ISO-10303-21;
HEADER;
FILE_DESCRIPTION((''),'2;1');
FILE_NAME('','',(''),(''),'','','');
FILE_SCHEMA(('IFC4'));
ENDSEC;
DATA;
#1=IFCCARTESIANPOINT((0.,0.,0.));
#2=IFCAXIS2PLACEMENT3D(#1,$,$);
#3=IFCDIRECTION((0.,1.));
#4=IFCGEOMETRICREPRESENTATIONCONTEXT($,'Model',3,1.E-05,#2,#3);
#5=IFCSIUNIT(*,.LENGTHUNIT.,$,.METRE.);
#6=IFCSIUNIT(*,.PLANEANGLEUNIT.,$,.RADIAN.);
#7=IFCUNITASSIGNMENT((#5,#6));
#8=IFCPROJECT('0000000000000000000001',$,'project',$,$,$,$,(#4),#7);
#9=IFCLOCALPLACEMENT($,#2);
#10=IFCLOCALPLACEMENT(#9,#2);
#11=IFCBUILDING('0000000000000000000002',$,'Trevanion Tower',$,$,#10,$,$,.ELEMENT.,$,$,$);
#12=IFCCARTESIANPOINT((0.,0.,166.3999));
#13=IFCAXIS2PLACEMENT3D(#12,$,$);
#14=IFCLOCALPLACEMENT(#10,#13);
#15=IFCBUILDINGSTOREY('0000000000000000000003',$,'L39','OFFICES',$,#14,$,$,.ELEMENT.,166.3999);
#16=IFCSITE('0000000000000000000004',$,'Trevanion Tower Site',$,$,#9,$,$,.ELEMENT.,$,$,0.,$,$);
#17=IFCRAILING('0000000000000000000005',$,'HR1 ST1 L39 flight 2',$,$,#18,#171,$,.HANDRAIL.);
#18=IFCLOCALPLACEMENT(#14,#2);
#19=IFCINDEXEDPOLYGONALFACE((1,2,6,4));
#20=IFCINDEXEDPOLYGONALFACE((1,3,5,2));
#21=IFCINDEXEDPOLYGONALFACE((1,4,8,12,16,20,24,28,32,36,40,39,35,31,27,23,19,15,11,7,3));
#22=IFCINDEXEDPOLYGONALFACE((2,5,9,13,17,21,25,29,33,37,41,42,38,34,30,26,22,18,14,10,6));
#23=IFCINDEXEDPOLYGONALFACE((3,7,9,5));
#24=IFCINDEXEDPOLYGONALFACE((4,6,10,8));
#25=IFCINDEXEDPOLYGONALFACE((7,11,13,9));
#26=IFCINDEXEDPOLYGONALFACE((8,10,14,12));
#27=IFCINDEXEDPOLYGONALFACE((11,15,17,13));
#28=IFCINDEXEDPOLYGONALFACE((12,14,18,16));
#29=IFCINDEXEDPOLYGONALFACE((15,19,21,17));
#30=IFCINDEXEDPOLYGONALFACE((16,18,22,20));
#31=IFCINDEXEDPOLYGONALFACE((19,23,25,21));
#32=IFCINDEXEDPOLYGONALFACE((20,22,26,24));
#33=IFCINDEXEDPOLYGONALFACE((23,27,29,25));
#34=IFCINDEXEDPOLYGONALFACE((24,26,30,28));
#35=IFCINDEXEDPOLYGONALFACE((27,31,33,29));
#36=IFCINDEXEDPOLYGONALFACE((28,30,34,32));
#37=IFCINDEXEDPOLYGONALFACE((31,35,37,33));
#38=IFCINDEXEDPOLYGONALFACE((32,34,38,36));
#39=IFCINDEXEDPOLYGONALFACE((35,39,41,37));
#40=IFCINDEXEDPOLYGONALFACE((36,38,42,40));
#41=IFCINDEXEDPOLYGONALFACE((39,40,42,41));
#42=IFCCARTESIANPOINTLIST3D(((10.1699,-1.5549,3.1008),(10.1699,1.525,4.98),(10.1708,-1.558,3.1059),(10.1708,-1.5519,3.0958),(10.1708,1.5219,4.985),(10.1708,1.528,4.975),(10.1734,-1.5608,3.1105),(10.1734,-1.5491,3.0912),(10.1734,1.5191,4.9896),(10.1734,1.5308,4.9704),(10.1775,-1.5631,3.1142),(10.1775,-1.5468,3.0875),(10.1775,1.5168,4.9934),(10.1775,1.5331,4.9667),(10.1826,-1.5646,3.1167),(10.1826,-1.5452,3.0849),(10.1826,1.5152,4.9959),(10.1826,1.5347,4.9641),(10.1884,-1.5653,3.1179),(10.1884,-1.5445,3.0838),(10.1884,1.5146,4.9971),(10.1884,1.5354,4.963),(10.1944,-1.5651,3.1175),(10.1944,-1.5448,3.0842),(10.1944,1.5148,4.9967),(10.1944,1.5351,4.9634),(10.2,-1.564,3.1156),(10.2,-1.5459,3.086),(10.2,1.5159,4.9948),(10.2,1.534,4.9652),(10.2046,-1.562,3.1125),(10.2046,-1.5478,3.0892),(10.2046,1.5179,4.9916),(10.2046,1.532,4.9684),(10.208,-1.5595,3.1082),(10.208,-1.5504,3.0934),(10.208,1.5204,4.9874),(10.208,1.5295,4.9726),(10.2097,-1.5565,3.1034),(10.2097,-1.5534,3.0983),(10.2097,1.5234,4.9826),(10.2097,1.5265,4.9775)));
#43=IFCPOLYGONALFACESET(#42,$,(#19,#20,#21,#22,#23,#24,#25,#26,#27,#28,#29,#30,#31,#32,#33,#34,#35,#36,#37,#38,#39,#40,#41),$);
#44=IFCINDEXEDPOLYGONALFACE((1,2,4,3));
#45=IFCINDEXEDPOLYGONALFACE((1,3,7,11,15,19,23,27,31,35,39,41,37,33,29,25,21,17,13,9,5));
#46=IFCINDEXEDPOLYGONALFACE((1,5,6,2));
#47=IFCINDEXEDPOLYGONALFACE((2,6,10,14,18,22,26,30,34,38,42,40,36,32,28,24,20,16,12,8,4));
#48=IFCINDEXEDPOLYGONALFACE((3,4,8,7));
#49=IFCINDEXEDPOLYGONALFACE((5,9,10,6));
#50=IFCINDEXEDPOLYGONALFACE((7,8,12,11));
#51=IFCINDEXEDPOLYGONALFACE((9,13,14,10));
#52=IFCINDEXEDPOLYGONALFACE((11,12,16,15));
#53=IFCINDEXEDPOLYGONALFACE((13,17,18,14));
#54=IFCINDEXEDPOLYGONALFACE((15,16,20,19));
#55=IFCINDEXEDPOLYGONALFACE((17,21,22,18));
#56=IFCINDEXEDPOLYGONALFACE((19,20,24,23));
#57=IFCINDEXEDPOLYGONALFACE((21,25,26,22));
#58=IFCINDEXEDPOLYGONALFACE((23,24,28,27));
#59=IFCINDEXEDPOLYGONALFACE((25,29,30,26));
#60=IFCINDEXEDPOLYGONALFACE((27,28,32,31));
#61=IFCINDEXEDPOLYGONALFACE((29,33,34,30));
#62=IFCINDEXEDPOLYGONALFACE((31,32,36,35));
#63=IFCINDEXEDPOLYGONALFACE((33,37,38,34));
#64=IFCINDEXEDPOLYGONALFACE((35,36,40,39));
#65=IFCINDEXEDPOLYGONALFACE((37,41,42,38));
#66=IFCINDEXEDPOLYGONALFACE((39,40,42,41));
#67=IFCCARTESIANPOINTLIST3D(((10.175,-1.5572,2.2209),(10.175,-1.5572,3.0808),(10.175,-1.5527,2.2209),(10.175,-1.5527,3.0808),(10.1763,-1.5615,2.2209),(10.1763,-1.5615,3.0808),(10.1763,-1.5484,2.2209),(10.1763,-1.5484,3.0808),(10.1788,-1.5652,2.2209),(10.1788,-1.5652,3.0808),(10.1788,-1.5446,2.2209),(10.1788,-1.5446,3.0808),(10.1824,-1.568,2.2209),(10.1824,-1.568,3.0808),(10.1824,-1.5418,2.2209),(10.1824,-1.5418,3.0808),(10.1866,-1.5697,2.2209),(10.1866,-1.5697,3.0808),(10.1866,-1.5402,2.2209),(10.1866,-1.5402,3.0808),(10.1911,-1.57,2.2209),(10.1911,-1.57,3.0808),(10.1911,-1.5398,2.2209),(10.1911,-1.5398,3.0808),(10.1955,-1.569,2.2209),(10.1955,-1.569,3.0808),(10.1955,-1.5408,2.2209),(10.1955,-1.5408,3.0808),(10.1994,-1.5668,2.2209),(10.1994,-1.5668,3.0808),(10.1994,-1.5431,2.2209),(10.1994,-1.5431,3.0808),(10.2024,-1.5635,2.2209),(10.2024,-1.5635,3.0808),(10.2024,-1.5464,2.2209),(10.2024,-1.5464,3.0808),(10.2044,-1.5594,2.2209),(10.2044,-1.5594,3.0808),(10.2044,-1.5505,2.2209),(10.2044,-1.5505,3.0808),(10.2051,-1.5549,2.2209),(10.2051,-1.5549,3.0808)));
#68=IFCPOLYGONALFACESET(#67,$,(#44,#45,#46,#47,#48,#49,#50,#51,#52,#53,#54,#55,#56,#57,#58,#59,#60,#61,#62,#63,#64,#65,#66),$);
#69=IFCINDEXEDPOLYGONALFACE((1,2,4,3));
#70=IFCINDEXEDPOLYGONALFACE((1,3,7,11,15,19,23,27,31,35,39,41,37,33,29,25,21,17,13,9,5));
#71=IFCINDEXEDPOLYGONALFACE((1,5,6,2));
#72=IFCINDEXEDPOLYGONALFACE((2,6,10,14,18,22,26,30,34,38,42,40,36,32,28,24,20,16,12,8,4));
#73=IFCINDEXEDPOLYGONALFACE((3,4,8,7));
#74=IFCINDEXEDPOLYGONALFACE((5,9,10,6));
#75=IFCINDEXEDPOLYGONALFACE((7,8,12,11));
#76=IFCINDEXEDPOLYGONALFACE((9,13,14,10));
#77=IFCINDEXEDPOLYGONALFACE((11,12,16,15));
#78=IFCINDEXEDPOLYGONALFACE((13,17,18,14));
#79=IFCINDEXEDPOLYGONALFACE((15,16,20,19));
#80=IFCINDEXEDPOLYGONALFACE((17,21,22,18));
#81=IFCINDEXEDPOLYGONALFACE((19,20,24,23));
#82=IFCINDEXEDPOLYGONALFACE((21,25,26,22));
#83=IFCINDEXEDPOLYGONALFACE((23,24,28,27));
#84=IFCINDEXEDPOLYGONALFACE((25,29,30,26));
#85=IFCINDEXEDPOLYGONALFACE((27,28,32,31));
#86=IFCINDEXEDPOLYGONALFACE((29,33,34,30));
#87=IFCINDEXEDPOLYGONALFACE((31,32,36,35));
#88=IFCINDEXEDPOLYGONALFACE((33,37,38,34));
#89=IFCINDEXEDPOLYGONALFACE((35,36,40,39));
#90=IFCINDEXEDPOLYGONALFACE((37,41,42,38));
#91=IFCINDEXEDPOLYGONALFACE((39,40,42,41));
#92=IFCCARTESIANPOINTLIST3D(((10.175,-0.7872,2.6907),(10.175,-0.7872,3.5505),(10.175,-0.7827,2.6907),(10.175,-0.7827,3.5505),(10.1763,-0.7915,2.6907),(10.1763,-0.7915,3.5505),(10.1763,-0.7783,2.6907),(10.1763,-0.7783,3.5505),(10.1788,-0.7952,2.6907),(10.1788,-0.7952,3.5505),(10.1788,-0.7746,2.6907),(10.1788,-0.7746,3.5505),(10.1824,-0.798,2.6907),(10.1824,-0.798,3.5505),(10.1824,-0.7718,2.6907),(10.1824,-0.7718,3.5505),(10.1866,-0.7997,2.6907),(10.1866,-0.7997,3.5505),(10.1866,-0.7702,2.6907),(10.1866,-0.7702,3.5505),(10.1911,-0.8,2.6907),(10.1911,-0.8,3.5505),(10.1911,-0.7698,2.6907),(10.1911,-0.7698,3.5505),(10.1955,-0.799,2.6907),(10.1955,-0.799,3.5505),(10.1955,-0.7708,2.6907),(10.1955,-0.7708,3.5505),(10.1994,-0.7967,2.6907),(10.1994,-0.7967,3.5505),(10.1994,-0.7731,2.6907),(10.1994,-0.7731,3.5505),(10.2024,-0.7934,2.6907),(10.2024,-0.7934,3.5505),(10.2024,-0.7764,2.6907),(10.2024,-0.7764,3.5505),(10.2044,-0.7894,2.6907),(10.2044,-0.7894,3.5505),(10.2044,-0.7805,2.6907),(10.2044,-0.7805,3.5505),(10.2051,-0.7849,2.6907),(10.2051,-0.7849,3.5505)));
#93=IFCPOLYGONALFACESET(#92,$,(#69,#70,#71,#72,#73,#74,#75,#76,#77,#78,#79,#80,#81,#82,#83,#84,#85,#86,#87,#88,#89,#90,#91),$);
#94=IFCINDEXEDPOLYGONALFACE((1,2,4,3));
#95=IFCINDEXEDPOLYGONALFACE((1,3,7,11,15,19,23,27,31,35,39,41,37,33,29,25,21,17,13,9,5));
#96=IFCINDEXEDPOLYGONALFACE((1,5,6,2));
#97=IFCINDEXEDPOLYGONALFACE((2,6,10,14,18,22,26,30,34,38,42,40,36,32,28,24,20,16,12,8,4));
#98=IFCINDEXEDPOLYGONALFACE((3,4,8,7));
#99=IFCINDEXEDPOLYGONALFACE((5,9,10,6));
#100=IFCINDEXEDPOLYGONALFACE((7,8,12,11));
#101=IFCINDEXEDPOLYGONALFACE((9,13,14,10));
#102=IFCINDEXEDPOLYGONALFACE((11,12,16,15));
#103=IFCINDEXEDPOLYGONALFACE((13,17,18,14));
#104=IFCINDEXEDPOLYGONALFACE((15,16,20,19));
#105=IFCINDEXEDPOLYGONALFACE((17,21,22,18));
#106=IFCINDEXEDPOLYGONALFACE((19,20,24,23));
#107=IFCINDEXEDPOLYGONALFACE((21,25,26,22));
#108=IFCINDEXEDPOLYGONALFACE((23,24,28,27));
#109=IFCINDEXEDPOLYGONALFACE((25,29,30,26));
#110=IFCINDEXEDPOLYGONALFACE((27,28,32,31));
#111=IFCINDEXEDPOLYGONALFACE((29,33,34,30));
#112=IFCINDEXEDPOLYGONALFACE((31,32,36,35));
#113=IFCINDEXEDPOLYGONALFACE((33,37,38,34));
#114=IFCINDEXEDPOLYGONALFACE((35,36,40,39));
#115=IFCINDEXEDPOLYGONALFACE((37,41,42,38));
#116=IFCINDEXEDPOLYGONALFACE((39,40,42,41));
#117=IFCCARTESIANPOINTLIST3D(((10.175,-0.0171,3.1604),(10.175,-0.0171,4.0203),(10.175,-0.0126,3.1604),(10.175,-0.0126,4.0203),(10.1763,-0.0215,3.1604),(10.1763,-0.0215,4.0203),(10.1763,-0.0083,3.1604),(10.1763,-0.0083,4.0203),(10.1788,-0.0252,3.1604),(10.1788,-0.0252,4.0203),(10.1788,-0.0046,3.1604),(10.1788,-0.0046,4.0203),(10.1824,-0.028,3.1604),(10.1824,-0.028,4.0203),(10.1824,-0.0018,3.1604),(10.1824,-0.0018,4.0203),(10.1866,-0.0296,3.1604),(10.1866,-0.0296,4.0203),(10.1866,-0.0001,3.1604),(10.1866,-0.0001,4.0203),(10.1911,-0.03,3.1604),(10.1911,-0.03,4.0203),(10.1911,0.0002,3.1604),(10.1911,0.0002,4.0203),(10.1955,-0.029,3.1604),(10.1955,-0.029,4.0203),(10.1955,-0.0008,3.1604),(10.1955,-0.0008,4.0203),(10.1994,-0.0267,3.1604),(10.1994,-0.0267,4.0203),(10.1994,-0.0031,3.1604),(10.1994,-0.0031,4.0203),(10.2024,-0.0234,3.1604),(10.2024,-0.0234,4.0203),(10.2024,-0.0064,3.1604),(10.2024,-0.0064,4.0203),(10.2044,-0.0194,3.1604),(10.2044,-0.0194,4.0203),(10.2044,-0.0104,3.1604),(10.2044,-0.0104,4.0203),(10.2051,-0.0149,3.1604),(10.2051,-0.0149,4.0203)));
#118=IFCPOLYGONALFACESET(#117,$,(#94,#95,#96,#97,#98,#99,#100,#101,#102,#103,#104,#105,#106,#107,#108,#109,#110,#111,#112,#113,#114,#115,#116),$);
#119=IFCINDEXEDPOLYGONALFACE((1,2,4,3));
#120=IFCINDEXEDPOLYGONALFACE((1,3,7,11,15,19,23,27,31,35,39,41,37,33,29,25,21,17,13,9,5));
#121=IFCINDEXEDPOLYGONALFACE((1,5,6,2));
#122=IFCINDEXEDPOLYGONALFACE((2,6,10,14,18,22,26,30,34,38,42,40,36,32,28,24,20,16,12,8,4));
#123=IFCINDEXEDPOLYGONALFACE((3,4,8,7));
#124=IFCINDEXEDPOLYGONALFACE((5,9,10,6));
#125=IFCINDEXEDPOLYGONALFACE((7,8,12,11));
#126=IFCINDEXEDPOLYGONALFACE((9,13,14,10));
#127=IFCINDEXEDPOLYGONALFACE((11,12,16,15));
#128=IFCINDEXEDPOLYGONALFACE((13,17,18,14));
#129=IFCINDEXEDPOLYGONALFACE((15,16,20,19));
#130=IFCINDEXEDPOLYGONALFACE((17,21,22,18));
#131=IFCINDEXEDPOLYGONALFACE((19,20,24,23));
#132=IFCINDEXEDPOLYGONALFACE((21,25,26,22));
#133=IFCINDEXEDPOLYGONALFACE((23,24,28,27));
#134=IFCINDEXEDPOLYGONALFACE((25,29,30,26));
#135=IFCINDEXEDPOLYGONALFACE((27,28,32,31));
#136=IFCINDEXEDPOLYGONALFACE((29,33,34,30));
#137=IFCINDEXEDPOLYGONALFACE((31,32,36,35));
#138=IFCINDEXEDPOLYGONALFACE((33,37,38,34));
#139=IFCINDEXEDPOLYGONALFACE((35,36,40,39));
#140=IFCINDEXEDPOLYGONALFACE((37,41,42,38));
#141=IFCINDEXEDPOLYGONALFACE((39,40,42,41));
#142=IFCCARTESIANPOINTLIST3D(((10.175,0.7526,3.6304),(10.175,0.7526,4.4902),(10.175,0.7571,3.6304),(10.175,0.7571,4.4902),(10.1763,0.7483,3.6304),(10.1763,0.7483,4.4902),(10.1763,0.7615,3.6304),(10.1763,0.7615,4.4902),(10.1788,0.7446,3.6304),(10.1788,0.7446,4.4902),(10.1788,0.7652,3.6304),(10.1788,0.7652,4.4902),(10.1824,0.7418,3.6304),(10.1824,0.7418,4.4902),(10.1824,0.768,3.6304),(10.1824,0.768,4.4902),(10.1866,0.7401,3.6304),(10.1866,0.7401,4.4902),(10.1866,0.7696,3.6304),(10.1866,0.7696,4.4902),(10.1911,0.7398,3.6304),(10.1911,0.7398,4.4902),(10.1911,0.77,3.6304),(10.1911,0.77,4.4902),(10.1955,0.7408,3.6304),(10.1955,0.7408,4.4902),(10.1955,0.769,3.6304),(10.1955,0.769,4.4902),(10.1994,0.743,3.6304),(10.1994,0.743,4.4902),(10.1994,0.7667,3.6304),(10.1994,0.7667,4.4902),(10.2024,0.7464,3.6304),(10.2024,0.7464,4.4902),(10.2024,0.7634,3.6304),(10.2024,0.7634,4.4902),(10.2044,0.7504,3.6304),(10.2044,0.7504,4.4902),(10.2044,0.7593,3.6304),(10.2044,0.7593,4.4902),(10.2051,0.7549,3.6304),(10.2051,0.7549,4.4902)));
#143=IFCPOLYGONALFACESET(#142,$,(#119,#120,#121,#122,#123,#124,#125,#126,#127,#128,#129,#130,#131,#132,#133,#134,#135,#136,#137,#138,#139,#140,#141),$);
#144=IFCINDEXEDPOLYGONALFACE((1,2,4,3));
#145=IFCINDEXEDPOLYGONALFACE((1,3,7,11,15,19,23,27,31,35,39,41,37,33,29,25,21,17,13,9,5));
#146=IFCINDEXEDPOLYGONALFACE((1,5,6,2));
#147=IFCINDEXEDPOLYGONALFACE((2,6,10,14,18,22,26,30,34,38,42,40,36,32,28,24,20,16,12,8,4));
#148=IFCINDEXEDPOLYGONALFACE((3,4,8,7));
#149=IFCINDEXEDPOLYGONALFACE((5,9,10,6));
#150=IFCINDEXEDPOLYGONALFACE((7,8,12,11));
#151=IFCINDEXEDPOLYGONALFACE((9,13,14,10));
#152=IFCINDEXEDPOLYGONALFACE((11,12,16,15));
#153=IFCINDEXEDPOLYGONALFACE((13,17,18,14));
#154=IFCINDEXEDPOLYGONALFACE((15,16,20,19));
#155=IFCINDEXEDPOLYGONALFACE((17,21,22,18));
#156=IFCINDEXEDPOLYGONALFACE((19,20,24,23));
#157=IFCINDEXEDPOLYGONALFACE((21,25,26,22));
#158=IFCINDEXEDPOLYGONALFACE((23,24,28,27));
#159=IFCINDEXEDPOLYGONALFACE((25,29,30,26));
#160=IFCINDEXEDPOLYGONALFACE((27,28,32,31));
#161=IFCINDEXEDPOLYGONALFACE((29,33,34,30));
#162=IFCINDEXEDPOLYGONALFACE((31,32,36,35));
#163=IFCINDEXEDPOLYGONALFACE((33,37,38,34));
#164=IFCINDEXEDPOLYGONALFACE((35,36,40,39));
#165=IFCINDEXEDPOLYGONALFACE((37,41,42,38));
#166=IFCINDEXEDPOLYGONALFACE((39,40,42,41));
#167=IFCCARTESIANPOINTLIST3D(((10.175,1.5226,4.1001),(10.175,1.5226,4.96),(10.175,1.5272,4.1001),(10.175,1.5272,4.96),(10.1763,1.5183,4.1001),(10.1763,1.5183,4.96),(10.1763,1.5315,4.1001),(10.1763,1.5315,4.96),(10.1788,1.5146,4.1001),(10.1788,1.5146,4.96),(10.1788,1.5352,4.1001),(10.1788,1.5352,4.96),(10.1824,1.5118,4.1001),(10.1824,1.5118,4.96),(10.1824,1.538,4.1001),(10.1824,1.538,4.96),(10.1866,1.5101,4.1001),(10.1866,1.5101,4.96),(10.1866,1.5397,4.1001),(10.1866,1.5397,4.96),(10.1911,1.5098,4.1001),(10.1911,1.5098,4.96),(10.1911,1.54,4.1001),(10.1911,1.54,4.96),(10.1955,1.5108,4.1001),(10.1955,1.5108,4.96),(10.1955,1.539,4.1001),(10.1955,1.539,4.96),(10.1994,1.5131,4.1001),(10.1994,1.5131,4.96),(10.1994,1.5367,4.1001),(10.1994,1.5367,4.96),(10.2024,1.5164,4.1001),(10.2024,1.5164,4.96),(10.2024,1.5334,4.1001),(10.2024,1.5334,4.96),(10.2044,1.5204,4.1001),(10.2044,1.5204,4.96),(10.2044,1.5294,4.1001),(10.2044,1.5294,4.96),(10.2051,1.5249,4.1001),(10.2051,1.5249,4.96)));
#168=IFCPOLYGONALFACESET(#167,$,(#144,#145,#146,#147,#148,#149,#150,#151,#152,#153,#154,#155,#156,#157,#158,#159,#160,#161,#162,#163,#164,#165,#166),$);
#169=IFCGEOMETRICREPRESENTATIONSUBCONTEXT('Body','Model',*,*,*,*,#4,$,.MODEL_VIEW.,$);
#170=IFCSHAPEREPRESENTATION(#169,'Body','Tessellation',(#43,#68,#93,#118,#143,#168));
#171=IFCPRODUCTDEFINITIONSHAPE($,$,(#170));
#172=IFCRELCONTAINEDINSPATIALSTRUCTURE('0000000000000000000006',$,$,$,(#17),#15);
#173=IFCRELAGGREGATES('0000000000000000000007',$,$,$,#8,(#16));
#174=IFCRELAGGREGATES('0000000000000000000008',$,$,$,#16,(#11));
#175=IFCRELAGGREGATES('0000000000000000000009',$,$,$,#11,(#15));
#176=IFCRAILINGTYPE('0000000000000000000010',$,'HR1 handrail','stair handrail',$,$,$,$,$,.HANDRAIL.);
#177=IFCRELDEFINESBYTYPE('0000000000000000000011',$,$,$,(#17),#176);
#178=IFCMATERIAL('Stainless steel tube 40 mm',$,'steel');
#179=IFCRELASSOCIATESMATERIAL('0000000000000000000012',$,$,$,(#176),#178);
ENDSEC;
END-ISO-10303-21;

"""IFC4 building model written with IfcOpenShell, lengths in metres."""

from ifc_helpers import new_model, si_unit, direction, frame, origin, origin_2d, place, context, subcontext, project, spatial, circle, extrude, material, type_object, element, save


model = new_model("IFC4")

# Units and contexts
model_context = context("Model", 3, precision=1e-05, world=origin(), true_north=direction((0.0, 1.0)))
body_context = subcontext(model_context, "Body", "Model", "MODEL_VIEW")
ifc_project = project(units=[si_unit("LENGTHUNIT", "METRE"), si_unit("PLANEANGLEUNIT", "RADIAN")], contexts=[model_context])

# Site, building, storey
site_placement = place(None, origin())
site = spatial("IfcSite", under=ifc_project, at=site_placement, Name="Trevanion Tower Site", CompositionType="ELEMENT", RefElevation=0.0)
building_placement = place(site_placement, origin())
building = spatial("IfcBuilding", under=site, at=building_placement, Name="Trevanion Tower", CompositionType="ELEMENT")
storey_placement = place(building_placement, frame((0.0, 0.0, 166.3999)))
storey = spatial("IfcBuildingStorey", under=building, at=storey_placement, Name="L39", Description="OFFICES", CompositionType="ELEMENT", Elevation=166.3999)

# Railing
ifc_material_1 = material(Name="Stainless steel tube 40 mm", Category="steel")
railing_type = type_object("IfcRailingType", Name="HR1 handrail", Description="stair handrail", PredefinedType="HANDRAIL", material=ifc_material_1)
for number, where, name in (
    (1, (10.1899, -1.5549, 2.2209), "HR1 ST1 L39 flight 2"),
):
    element("IfcRailing", number, at=place(storey_placement, frame(where)), inside=storey, type_object=railing_type, Name=name, PredefinedType="HANDRAIL", context=body_context, shape_type="SweptSolid", body=[
        extrude(circle(Radius=0.02, at=origin_2d()), frame((0.0, 0.0, 0.8799), z_axis=(0.0, 0.853648, 0.52085), x_axis=(-1.0, 0.0, 0.0)), (0.0, 0.0, 1.0), 3.6079),
        extrude(circle(Radius=0.0151, at=origin_2d()), origin(), (0.0, 0.0, 1.0), 0.8599),
        extrude(circle(Radius=0.0151, at=origin_2d()), frame((0.0, 0.77, 0.4697)), (0.0, 0.0, 1.0), 0.8599),
        extrude(circle(Radius=0.0151, at=origin_2d()), frame((0.0, 1.54, 0.9395)), (0.0, 0.0, 1.0), 0.8599),
        extrude(circle(Radius=0.0151, at=origin_2d()), frame((0.0, 2.3098, 1.4094)), (0.0, 0.0, 1.0), 0.8599),
        extrude(circle(Radius=0.0151, at=origin_2d()), frame((0.0, 3.0798, 1.8792)), (0.0, 0.0, 1.0), 0.8599),
    ])

save(model, "model.ifc")
